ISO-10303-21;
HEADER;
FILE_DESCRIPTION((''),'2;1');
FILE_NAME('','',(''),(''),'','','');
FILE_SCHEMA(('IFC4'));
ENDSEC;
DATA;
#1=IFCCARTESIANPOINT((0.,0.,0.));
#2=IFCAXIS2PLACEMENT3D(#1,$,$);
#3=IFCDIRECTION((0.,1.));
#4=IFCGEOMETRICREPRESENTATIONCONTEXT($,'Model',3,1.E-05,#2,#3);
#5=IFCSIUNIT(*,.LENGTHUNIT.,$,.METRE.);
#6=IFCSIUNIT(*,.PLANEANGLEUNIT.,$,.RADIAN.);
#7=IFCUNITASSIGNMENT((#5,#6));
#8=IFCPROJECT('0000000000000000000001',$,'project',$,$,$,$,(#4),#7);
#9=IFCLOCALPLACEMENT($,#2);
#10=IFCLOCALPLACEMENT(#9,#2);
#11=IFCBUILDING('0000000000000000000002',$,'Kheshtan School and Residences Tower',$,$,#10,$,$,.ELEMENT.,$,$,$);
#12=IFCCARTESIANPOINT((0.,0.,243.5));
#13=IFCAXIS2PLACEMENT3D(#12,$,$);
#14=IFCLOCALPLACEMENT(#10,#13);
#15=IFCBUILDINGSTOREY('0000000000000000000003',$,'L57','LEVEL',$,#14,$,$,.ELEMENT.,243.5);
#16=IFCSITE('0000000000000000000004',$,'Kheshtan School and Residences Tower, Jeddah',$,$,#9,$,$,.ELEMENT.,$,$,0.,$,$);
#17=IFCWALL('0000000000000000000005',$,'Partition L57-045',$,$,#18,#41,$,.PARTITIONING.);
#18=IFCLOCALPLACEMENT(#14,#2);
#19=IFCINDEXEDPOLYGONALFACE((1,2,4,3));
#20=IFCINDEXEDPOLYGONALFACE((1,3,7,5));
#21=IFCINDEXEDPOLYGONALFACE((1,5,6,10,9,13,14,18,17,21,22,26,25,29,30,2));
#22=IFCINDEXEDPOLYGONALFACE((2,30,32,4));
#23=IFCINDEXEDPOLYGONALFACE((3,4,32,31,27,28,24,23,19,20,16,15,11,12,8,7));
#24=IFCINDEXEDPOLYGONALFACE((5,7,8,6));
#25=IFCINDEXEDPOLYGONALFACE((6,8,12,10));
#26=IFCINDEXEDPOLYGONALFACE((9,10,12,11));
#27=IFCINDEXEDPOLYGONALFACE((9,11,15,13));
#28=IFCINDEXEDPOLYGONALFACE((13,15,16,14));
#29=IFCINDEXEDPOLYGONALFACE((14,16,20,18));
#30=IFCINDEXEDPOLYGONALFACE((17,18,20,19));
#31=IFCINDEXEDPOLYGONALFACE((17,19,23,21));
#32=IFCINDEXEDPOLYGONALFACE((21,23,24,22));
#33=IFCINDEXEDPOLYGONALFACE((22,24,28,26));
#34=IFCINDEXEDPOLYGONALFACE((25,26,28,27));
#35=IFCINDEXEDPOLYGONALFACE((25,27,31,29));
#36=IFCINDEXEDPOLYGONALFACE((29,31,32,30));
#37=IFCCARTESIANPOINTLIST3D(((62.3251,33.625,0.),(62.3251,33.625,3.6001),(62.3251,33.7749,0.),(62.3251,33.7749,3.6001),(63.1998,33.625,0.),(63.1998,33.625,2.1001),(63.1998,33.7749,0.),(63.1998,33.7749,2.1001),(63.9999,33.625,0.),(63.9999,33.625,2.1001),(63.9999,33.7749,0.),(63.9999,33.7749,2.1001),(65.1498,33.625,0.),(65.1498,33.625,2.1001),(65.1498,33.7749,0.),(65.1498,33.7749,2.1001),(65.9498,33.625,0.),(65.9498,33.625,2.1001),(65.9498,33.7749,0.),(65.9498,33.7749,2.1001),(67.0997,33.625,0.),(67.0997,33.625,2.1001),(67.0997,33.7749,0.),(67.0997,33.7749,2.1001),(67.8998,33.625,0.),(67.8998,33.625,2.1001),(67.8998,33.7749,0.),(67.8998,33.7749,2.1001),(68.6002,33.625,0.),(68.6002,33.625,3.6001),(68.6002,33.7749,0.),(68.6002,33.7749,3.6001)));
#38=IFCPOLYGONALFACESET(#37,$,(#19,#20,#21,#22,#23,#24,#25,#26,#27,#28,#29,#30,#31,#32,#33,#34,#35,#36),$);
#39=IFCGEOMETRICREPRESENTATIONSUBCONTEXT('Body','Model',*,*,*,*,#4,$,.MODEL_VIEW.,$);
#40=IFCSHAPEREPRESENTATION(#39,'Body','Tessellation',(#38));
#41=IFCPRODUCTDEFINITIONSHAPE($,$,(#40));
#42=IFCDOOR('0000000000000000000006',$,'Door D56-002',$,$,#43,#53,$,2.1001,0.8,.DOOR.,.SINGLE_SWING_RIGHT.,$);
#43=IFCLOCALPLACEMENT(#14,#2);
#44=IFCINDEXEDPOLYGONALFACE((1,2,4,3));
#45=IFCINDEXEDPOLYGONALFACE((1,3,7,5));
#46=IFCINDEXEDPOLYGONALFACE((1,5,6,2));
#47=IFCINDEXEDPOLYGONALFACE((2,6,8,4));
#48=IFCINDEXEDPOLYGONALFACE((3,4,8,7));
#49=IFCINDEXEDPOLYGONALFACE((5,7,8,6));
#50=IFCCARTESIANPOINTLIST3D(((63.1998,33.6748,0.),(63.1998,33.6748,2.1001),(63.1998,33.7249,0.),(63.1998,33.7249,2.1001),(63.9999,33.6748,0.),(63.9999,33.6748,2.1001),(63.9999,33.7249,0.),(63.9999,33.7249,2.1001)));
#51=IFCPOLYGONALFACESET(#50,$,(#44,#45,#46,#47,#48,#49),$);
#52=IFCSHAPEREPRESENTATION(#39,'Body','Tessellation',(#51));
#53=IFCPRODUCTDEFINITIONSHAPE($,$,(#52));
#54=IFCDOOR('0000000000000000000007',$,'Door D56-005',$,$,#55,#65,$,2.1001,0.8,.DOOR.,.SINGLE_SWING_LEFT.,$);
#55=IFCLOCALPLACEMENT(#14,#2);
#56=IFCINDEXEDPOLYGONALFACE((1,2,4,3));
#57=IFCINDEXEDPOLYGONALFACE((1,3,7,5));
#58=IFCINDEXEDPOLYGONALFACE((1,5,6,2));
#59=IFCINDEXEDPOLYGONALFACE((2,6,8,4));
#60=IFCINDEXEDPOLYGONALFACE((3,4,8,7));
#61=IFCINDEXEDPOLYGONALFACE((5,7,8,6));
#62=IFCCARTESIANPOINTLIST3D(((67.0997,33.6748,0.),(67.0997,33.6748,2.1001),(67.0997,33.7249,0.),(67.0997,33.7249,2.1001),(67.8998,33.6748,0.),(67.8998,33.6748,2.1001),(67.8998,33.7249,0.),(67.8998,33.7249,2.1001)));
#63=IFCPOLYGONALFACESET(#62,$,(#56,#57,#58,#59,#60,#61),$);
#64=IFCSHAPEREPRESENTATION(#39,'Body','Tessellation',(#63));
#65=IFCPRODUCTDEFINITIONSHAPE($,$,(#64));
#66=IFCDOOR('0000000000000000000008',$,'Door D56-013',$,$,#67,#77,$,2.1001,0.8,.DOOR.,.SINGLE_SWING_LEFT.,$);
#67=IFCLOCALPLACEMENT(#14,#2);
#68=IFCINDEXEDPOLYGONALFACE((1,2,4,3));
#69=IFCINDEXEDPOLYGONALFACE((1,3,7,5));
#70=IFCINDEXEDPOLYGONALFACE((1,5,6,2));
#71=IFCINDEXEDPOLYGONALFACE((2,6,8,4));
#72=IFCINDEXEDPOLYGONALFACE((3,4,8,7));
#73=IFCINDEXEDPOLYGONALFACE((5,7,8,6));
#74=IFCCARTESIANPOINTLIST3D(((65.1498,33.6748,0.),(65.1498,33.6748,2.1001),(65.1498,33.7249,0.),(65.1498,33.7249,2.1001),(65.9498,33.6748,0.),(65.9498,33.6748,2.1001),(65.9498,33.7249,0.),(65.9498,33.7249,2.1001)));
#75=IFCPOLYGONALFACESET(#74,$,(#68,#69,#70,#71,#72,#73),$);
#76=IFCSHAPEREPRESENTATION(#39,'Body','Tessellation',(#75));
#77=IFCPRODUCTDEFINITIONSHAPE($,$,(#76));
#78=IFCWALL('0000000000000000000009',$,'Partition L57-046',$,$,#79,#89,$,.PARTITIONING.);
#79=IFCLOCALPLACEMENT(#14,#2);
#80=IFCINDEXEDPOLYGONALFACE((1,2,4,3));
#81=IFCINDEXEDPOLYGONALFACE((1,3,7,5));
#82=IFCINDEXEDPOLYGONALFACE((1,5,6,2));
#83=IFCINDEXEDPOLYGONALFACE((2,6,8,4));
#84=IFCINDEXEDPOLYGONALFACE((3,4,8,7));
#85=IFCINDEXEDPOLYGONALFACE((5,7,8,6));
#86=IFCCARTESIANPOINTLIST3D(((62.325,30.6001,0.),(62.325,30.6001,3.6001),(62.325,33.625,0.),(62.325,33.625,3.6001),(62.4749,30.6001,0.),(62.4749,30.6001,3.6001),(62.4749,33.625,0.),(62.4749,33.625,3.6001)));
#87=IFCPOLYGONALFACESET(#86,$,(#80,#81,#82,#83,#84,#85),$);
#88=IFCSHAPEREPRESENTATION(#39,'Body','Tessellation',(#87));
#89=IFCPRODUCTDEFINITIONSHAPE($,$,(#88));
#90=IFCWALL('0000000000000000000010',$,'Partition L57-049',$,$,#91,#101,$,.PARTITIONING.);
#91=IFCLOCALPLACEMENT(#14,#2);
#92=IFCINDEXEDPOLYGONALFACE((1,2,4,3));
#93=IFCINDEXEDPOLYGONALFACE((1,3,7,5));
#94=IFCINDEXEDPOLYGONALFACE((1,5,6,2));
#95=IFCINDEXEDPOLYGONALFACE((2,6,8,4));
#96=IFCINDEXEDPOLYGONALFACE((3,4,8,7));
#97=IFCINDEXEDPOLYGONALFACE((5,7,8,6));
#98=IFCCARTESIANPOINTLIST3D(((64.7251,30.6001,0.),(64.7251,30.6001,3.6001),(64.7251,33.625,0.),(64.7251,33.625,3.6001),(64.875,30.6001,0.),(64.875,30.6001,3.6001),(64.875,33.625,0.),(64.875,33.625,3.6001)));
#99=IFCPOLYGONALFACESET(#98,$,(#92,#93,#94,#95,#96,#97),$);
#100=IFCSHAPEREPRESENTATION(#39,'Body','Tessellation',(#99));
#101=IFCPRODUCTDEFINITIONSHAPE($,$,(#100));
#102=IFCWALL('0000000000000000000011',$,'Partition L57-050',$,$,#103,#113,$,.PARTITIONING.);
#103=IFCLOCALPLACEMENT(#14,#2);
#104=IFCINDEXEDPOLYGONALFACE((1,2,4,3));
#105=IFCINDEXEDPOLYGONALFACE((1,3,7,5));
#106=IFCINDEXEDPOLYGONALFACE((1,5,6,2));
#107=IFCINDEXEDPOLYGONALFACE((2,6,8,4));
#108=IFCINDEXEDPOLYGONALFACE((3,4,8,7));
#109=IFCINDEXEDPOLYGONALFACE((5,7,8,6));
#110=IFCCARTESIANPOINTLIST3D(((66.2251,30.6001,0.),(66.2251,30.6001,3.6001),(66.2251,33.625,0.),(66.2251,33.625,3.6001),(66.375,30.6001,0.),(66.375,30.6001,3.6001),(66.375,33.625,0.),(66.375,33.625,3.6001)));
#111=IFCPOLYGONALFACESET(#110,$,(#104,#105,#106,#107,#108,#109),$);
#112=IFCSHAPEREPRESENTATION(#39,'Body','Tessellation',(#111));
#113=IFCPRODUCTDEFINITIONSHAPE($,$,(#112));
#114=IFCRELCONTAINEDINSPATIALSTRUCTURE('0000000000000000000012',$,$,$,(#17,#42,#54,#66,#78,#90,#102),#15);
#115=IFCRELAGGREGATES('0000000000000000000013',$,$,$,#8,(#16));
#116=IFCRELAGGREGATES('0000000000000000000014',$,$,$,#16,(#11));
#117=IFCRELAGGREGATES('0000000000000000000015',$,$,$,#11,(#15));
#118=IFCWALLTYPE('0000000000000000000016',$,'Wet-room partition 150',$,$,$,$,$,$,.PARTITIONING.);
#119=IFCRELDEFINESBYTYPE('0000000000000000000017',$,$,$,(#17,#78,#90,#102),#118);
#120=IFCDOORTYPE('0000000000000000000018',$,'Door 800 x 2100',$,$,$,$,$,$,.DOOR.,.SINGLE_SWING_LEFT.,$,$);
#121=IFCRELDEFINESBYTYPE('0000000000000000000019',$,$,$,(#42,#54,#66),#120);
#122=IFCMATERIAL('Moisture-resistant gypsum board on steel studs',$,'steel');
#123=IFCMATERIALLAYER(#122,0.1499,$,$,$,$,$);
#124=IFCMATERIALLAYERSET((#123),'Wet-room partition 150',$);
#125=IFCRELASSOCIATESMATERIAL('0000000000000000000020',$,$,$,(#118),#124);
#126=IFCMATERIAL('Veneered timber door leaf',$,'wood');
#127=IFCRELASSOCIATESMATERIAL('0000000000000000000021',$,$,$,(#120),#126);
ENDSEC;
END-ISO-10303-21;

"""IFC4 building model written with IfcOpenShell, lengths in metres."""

from ifc_helpers import new_model, si_unit, direction, frame, frame_2d, origin, place, context, subcontext, project, spatial, rectangle, extrude, source, transform, mapped, material, layer, layer_set, type_object, element, fill, save


model = new_model("IFC4")

# Units and contexts
model_context = context("Model", 3, precision=1e-05, world=origin(), true_north=direction((0.0, 1.0)))
body_context = subcontext(model_context, "Body", "Model", "MODEL_VIEW")
ifc_project = project(units=[si_unit("LENGTHUNIT", "METRE"), si_unit("PLANEANGLEUNIT", "RADIAN")], contexts=[model_context])

# Site, building, storey
site_placement = place(None, origin())
site = spatial("IfcSite", under=ifc_project, at=site_placement, Name="Kheshtan School and Residences Tower, Jeddah", CompositionType="ELEMENT", RefElevation=0.0)
building_placement = place(site_placement, origin())
building = spatial("IfcBuilding", under=site, at=building_placement, Name="Kheshtan School and Residences Tower", CompositionType="ELEMENT")
storey_placement = place(building_placement, frame((0.0, 0.0, 243.5)))
storey = spatial("IfcBuildingStorey", under=building, at=storey_placement, Name="L57", Description="LEVEL", CompositionType="ELEMENT", Elevation=243.5)

# Wall, openings, doors
ifc_material_1 = material(Name="Moisture-resistant gypsum board on steel studs", Category="steel")
ifc_layer_1 = layer(ifc_material_1, 0.1499)
ifc_layer_set_1 = layer_set([ifc_layer_1], Name="Wet-room partition 150")
wall_type_1 = type_object("IfcWallType", Name="Wet-room partition 150", PredefinedType="PARTITIONING", material=ifc_layer_set_1)
wall_1_placement = place(storey_placement, frame((62.325, 33.7, 0.0), z_axis=(0.0, 0.0, 1.0), x_axis=(1.0, 0.0, 0.0)))
wall_1 = element("IfcWall", 1, at=wall_1_placement, inside=storey, type_object=wall_type_1, Name="Partition L57-045", PredefinedType="PARTITIONING", context=body_context, shape_type="SweptSolid", body=[
    extrude(rectangle(XDim=6.2751, YDim=0.1499, at=frame_2d((3.1377, 0.0))), origin(), (0.0, 0.0, 1.0), 3.6001),
])
opening_1_placement = place(wall_1_placement, frame((0.875, 0.0, 0.0)))
opening_1 = element("IfcOpeningElement", 2, at=opening_1_placement, cuts=wall_1, PredefinedType="OPENING", context=body_context, shape_type="SweptSolid", body=[
    extrude(rectangle(XDim=0.8, YDim=2.1001, at=frame_2d((0.3999, 1.05))), frame((0.0, 0.085, 0.0), z_axis=(0.0, -1.0, 0.0), x_axis=(1.0, 0.0, 0.0)), (0.0, 0.0, 1.0), 0.1699),
])
opening_2_placement = place(wall_1_placement, frame((4.7749, 0.0, 0.0)))
opening_2 = element("IfcOpeningElement", 3, at=opening_2_placement, cuts=wall_1, PredefinedType="OPENING", context=body_context, shape_type="SweptSolid", body=[
    extrude(rectangle(XDim=0.8, YDim=2.1001, at=frame_2d((0.3999, 1.05))), frame((0.0, 0.085, 0.0), z_axis=(0.0, -1.0, 0.0), x_axis=(1.0, 0.0, 0.0)), (0.0, 0.0, 1.0), 0.1699),
])
opening_3_placement = place(wall_1_placement, frame((2.825, 0.0, 0.0)))
opening_3 = element("IfcOpeningElement", 4, at=opening_3_placement, cuts=wall_1, PredefinedType="OPENING", context=body_context, shape_type="SweptSolid", body=[
    extrude(rectangle(XDim=0.8, YDim=2.1001, at=frame_2d((0.3999, 1.05))), frame((0.0, 0.085, 0.0), z_axis=(0.0, -1.0, 0.0), x_axis=(1.0, 0.0, 0.0)), (0.0, 0.0, 1.0), 0.1699),
])
ifc_material_2 = material(Name="Veneered timber door leaf", Category="wood")
door_type_1 = type_object("IfcDoorType", Name="Door 800 x 2100", OperationType="SINGLE_SWING_LEFT", PredefinedType="DOOR", material=ifc_material_2)
shared_shape_1 = source(origin(), body_context, "Body", "SweptSolid", [
    extrude(rectangle(XDim=0.8, YDim=2.1001, at=frame_2d((0.3999, 1.05))), frame((0.0, 0.0249, 0.0), z_axis=(0.0, -1.0, 0.0), x_axis=(1.0, 0.0, 0.0)), (0.0, 0.0, 1.0), 0.05),
])
door_1_placement = place(opening_1_placement, origin())
door_1 = element("IfcDoor", 5, at=door_1_placement, inside=storey, type_object=door_type_1, Name="Door D56-002", OperationType="SINGLE_SWING_RIGHT", OverallHeight=2.1001, OverallWidth=0.8, PredefinedType="DOOR", context=body_context, shape_type="MappedRepresentation", body=[
    mapped(shared_shape_1, transform((0.0, 0.0, 0.0), x_axis=(1.0, 0.0, 0.0), y_axis=(0.0, 1.0, 0.0), z_axis=(0.0, 0.0, 1.0), scale=1.0)),
])
fill(opening_1, door_1)
door_2_placement = place(opening_2_placement, origin())
door_2 = element("IfcDoor", 6, at=door_2_placement, inside=storey, type_object=door_type_1, Name="Door D56-005", OperationType="SINGLE_SWING_LEFT", OverallHeight=2.1001, OverallWidth=0.8, PredefinedType="DOOR", context=body_context, shape_type="MappedRepresentation", body=[
    mapped(shared_shape_1, transform((0.0, 0.0, 0.0), x_axis=(1.0, 0.0, 0.0), y_axis=(0.0, 1.0, 0.0), z_axis=(0.0, 0.0, 1.0), scale=1.0)),
])
fill(opening_2, door_2)
door_3_placement = place(opening_3_placement, origin())
door_3 = element("IfcDoor", 7, at=door_3_placement, inside=storey, type_object=door_type_1, Name="Door D56-013", OperationType="SINGLE_SWING_LEFT", OverallHeight=2.1001, OverallWidth=0.8, PredefinedType="DOOR", context=body_context, shape_type="MappedRepresentation", body=[
    mapped(shared_shape_1, transform((0.0, 0.0, 0.0), x_axis=(1.0, 0.0, 0.0), y_axis=(0.0, 1.0, 0.0), z_axis=(0.0, 0.0, 1.0), scale=1.0)),
])
fill(opening_3, door_3)

# Walls
for number, where, z_axis, x_axis, name in (
    (8, (62.3999, 30.6001, 0.0), (0.0, 0.0, 1.0), (0.0, 1.0, 0.0), "Partition L57-046"),
    (9, (64.8, 30.6001, 0.0), (0.0, 0.0, 1.0), (0.0, 1.0, 0.0), "Partition L57-049"),
    (10, (66.3, 30.6001, 0.0), (0.0, 0.0, 1.0), (0.0, 1.0, 0.0), "Partition L57-050"),
):
    element("IfcWall", number, at=place(storey_placement, frame(where, z_axis=z_axis, x_axis=x_axis)), inside=storey, type_object=wall_type_1, Name=name, PredefinedType="PARTITIONING", context=body_context, shape_type="SweptSolid", body=[
        extrude(rectangle(XDim=3.0249, YDim=0.1499, at=frame_2d((1.5125, 0.0))), origin(), (0.0, 0.0, 1.0), 3.6001),
    ])

save(model, "model.ifc")
